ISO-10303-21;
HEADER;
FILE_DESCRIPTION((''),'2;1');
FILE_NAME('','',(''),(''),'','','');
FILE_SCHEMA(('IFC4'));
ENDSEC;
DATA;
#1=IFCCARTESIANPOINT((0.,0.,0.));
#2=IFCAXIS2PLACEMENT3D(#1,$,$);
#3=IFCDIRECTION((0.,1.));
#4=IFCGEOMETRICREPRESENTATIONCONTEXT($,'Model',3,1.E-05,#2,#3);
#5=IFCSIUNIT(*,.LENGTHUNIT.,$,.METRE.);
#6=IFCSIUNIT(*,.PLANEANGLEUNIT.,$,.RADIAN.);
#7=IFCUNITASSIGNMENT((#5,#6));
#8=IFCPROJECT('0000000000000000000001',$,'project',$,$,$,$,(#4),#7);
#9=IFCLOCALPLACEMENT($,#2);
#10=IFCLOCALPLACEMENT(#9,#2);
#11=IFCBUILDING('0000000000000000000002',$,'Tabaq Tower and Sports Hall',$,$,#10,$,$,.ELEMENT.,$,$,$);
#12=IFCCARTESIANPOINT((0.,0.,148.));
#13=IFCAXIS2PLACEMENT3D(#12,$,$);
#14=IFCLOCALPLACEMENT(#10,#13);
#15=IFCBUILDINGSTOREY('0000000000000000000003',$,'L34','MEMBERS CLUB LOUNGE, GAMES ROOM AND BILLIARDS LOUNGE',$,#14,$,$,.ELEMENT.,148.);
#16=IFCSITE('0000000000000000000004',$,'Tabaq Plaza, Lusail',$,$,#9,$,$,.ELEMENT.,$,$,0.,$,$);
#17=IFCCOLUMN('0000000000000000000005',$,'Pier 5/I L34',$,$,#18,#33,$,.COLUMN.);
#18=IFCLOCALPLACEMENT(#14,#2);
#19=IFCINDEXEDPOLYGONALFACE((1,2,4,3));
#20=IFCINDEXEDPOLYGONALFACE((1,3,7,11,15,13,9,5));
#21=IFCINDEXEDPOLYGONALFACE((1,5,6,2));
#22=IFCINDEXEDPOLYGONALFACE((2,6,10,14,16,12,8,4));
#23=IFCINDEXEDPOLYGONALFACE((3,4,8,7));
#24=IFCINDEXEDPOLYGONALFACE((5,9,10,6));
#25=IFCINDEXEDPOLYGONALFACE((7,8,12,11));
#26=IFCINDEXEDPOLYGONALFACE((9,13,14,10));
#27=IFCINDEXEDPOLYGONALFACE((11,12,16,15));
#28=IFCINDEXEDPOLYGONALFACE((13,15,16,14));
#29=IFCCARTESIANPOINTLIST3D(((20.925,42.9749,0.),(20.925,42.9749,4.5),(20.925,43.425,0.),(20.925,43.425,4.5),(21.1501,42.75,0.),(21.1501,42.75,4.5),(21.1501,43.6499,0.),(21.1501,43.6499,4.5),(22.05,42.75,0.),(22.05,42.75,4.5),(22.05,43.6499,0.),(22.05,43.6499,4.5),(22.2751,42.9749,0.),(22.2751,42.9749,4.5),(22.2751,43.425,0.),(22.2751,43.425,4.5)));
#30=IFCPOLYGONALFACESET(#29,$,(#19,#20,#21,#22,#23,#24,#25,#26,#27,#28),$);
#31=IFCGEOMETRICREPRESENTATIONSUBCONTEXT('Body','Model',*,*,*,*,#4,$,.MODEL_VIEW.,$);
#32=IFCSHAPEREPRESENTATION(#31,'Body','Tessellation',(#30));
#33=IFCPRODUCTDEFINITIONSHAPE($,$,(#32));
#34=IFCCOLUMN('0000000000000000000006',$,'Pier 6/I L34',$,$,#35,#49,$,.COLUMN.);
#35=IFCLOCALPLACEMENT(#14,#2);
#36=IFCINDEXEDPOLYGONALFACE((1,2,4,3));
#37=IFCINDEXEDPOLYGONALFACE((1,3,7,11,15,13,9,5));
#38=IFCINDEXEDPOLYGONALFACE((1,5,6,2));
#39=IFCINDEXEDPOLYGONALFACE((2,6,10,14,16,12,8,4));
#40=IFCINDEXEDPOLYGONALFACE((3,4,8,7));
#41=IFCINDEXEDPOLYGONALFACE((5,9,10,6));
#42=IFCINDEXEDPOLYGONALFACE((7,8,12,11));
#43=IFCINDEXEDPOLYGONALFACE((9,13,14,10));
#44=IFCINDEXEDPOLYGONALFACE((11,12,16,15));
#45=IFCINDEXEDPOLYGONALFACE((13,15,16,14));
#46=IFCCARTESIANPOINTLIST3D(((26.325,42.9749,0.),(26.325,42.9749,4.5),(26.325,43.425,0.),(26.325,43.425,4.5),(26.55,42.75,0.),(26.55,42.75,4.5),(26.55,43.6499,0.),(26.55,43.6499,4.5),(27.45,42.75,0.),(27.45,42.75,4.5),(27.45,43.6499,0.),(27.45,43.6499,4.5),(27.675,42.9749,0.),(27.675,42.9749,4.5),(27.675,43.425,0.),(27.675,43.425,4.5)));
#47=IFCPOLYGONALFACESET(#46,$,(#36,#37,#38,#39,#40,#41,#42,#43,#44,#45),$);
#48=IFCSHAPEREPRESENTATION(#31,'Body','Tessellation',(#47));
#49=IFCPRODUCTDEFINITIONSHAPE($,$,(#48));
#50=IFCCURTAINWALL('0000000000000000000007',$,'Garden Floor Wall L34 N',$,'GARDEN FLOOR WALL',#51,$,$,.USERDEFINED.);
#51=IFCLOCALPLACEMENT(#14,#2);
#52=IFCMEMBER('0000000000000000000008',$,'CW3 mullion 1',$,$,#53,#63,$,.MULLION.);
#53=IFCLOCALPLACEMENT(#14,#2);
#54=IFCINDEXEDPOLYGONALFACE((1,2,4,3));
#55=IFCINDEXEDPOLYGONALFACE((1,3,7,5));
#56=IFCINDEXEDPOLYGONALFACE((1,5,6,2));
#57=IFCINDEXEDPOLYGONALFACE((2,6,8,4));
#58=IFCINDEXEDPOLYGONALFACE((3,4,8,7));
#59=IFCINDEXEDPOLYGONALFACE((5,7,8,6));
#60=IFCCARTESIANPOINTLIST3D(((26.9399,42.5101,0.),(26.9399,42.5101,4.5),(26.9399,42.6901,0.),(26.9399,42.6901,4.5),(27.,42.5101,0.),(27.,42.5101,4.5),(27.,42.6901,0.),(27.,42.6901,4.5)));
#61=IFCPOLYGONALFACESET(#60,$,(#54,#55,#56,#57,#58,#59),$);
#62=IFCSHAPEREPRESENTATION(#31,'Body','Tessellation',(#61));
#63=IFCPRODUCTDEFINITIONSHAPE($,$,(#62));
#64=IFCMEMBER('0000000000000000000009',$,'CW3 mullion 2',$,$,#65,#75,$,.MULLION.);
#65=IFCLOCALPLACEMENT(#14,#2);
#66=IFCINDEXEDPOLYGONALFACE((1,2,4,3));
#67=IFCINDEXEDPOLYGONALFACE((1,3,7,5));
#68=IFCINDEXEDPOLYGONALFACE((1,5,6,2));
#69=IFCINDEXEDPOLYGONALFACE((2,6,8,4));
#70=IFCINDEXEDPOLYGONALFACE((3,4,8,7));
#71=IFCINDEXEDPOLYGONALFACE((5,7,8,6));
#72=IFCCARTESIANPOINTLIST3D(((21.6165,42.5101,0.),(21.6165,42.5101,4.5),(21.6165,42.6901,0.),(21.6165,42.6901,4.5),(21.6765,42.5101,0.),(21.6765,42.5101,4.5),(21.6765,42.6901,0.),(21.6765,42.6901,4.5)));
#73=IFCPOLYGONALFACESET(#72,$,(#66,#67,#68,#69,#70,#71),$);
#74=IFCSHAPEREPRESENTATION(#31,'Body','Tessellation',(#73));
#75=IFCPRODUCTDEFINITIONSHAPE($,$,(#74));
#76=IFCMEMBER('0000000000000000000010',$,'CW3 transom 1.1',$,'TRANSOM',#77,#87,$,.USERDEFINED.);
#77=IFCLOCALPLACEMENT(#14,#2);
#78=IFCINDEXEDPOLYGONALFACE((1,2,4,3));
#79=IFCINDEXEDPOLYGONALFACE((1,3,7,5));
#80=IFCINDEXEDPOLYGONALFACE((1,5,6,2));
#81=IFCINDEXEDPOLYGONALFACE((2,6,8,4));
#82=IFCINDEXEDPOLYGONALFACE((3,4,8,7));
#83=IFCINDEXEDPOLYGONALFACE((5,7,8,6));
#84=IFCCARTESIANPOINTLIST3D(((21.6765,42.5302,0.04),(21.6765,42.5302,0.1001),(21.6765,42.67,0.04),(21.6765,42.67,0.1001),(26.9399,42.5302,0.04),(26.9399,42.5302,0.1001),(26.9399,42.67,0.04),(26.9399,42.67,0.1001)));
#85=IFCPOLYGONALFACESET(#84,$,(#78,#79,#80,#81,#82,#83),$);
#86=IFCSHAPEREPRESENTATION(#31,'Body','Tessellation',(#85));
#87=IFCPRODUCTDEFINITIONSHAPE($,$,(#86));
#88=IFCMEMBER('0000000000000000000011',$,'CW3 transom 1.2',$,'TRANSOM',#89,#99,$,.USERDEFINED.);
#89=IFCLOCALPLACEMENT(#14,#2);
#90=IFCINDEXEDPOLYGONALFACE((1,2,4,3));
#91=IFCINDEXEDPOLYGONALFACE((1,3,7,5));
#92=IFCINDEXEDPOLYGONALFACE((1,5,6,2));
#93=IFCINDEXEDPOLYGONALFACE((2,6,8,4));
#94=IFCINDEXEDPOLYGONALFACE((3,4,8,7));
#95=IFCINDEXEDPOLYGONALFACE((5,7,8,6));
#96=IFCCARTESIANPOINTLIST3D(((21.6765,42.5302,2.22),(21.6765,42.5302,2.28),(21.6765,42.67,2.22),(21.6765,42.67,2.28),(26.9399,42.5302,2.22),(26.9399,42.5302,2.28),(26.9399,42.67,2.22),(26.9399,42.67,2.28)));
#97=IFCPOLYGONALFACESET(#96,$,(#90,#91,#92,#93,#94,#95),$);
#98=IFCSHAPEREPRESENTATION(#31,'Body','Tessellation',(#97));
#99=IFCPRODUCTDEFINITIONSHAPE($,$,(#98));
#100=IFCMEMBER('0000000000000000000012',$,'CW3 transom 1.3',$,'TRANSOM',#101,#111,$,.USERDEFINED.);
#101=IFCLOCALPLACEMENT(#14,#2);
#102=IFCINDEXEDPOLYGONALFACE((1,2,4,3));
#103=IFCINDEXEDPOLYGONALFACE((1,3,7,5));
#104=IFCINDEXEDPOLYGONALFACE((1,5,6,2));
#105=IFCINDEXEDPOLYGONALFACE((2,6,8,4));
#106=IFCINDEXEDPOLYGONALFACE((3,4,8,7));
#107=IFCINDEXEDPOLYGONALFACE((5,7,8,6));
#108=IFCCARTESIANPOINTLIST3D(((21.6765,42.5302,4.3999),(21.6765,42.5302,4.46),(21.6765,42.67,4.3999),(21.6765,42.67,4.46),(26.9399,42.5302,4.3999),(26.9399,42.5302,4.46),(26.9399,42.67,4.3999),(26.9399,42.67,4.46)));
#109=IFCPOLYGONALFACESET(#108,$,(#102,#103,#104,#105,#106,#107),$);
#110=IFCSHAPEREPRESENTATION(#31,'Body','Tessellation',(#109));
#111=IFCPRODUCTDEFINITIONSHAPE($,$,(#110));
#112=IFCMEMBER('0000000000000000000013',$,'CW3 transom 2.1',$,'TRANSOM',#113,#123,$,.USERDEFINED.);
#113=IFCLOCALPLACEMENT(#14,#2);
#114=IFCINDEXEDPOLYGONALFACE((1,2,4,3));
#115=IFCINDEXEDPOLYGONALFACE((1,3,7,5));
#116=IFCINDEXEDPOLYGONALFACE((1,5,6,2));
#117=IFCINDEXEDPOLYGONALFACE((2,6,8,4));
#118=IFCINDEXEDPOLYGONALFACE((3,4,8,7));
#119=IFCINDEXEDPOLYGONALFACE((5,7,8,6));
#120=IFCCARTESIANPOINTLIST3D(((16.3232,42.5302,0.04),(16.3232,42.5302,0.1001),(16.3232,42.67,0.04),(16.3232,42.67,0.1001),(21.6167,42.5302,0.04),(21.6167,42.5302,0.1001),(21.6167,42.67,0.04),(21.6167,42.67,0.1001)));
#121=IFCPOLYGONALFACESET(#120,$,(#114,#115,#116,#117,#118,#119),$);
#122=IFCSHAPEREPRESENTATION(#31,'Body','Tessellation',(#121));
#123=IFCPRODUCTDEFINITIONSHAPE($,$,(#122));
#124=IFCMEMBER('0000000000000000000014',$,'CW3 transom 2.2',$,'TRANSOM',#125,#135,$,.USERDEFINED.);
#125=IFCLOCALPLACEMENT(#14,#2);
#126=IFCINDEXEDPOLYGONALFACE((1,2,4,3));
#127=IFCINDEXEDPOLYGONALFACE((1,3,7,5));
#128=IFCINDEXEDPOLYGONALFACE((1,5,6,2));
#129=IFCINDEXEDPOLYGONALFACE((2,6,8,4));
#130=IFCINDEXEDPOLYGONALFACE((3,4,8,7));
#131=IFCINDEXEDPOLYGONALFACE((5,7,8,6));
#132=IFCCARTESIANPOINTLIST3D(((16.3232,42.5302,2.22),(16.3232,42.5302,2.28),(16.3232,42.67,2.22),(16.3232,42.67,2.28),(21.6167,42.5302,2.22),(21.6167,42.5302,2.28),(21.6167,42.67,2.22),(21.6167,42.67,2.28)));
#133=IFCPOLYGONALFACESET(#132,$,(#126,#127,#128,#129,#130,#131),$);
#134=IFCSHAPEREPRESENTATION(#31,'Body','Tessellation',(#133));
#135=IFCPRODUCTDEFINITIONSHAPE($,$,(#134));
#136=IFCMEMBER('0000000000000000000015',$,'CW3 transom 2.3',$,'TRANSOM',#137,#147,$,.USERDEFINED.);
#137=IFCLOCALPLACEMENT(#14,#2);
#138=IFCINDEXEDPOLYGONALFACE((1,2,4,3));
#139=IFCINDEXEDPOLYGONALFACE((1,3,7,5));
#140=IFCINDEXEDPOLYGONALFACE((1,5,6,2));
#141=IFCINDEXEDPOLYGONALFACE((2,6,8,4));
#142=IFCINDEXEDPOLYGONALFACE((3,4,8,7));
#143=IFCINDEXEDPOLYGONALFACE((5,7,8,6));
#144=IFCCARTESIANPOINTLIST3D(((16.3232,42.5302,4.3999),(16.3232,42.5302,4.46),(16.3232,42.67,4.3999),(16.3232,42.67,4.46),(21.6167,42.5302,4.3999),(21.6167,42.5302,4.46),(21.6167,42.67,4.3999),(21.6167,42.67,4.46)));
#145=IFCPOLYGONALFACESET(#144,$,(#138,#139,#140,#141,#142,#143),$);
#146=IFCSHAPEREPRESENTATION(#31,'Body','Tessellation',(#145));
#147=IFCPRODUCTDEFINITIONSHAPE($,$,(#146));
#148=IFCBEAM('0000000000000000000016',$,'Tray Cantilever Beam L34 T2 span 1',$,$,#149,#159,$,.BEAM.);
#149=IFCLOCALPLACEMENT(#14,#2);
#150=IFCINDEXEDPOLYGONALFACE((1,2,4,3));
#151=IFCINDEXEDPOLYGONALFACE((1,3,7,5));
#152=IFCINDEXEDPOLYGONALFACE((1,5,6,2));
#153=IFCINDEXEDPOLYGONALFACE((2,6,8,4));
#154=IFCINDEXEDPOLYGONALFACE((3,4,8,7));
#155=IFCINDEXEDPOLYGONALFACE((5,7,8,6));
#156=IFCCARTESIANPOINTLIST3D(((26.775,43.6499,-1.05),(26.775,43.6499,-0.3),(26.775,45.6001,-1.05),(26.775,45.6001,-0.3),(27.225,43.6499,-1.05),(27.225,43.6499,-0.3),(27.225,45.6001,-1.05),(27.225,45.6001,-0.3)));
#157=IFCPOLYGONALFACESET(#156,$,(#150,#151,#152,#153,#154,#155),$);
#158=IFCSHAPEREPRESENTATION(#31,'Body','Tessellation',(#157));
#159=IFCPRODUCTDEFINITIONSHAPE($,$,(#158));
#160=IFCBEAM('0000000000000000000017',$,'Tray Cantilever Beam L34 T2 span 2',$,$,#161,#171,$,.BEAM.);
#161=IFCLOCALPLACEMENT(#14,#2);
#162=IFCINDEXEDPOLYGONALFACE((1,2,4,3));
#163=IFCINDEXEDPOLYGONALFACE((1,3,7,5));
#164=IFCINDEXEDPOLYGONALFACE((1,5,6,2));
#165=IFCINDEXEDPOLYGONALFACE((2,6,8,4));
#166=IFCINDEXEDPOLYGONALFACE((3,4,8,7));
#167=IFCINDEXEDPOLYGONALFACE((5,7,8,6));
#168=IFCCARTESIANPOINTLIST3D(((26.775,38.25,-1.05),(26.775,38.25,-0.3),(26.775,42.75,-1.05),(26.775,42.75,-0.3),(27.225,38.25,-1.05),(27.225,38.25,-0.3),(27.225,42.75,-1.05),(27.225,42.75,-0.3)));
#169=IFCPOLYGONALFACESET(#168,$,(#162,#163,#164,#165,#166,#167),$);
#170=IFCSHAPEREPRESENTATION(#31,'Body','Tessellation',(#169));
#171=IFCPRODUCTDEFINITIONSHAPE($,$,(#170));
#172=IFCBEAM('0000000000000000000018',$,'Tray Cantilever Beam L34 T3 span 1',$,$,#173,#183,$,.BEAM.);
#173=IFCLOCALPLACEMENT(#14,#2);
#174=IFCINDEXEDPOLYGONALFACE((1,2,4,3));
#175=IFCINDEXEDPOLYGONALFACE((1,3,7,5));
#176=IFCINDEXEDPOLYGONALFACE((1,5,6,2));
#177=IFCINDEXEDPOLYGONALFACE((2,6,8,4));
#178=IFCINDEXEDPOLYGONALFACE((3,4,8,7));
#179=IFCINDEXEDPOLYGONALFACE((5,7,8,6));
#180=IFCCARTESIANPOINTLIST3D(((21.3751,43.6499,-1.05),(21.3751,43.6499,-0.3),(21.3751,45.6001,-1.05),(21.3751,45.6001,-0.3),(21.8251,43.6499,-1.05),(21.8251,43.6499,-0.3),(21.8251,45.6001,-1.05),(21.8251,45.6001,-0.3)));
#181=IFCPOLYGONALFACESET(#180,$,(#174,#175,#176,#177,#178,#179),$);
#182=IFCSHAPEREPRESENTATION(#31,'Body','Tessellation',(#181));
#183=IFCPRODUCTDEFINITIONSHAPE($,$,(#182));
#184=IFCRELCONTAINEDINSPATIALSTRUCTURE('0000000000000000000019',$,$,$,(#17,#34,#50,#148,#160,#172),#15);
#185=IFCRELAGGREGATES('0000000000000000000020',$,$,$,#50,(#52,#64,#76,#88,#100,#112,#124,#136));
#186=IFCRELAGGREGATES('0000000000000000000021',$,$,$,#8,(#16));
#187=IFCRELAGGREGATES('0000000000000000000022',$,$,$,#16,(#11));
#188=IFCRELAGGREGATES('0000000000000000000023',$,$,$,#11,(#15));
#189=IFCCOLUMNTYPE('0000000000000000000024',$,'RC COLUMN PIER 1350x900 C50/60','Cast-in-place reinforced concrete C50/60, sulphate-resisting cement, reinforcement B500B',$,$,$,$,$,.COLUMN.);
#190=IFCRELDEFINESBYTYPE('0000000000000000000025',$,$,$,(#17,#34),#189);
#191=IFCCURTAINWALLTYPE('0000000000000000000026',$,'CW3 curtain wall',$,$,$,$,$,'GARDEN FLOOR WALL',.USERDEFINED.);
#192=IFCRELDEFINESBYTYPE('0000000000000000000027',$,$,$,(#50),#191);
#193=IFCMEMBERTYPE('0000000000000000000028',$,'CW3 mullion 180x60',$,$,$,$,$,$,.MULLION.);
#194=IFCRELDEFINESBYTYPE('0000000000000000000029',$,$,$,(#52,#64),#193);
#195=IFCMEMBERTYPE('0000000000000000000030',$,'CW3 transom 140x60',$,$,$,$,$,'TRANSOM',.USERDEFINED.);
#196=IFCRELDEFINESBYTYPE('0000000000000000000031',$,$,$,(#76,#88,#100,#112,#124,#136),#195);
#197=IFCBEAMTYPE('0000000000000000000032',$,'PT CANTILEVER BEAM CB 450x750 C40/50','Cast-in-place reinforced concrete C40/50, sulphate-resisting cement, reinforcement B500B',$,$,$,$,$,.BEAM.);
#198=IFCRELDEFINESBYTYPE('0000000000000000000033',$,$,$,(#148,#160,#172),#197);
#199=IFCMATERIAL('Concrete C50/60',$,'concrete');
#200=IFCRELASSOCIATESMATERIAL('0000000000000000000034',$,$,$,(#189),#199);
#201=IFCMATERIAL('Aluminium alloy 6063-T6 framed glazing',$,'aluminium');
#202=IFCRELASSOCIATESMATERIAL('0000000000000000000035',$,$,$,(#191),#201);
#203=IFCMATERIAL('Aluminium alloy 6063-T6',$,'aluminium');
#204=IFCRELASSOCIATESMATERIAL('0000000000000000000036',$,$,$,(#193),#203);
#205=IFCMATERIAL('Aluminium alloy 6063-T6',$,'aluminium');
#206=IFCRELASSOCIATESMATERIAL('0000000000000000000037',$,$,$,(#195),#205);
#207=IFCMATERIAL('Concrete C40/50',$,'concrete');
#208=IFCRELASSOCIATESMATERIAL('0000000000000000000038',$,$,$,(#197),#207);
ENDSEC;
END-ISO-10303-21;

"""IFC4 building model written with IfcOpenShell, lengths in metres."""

from ifc_helpers import new_model, si_unit, direction, frame, origin, origin_2d, place, context, subcontext, project, spatial, polyline, rectangle, outline, extrude, material, material_profile, profile_set, type_object, element, aggregate, save


model = new_model("IFC4")

# Units and contexts
model_context = context("Model", 3, precision=1e-05, world=origin(), true_north=direction((0.0, 1.0)))
body_context = subcontext(model_context, "Body", "Model", "MODEL_VIEW")
ifc_project = project(units=[si_unit("LENGTHUNIT", "METRE"), si_unit("PLANEANGLEUNIT", "RADIAN")], contexts=[model_context])

# Site, building, storey
site_placement = place(None, origin())
site = spatial("IfcSite", under=ifc_project, at=site_placement, Name="Tabaq Plaza, Lusail", CompositionType="ELEMENT", RefElevation=0.0)
building_placement = place(site_placement, origin())
building = spatial("IfcBuilding", under=site, at=building_placement, Name="Tabaq Tower and Sports Hall", CompositionType="ELEMENT")
storey_placement = place(building_placement, frame((0.0, 0.0, 148.0)))
storey = spatial("IfcBuildingStorey", under=building, at=storey_placement, Name="L34", Description="MEMBERS CLUB LOUNGE, GAMES ROOM AND BILLIARDS LOUNGE", CompositionType="ELEMENT", Elevation=148.0)

# Columns
ifc_material_1 = material(Name="Concrete C50/60", Category="concrete")
ifc_material_profile_1 = material_profile(ifc_material_1, outline(polyline([(-0.45, -0.45), (0.45, -0.45), (0.675, -0.2251), (0.675, 0.2251), (0.45, 0.45), (-0.45, 0.45), (-0.675, 0.2251), (-0.675, -0.2251), (-0.45, -0.45)])), Name="PIER 1350x900")
ifc_profile_set_1 = profile_set([ifc_material_profile_1], Name="Concrete C50/60")
column_type = type_object("IfcColumnType", Name="RC COLUMN PIER 1350x900 C50/60", Description="Cast-in-place reinforced concrete C50/60, sulphate-resisting cement, reinforcement B500B", PredefinedType="COLUMN", material=ifc_profile_set_1)
for number, where, z_axis, x_axis, name in (
    (1, (21.6001, 43.2, 0.0), (0.0, 0.0, 1.0), (1.0, 0.0, 0.0), "Pier 5/I L34"),
    (2, (27.0, 43.2, 0.0), (0.0, 0.0, 1.0), (1.0, 0.0, 0.0), "Pier 6/I L34"),
):
    element("IfcColumn", number, at=place(storey_placement, frame(where, z_axis=z_axis, x_axis=x_axis)), inside=storey, type_object=column_type, Name=name, PredefinedType="COLUMN", context=body_context, shape_type="SweptSolid", body=[
        extrude(outline(polyline([(-0.45, -0.45), (0.45, -0.45), (0.675, -0.2251), (0.675, 0.2251), (0.45, 0.45), (-0.45, 0.45), (-0.675, 0.2251), (-0.675, -0.2251), (-0.45, -0.45)])), origin(), (0.0, 0.0, 1.0), 4.5),
    ])

# Curtain wall, members
ifc_material_2 = material(Name="Aluminium alloy 6063-T6 framed glazing", Category="aluminium")
curtain_wall_type = type_object("IfcCurtainWallType", Name="CW3 curtain wall", ElementType="GARDEN FLOOR WALL", PredefinedType="USERDEFINED", material=ifc_material_2)
curtain_wall_placement = place(storey_placement, origin())
curtain_wall = element("IfcCurtainWall", 3, at=curtain_wall_placement, inside=storey, type_object=curtain_wall_type, Name="Garden Floor Wall L34 N", ObjectType="GARDEN FLOOR WALL", PredefinedType="USERDEFINED")
ifc_material_3 = material(Name="Aluminium alloy 6063-T6", Category="aluminium")
ifc_material_profile_2 = material_profile(ifc_material_3, rectangle(XDim=0.1799, YDim=0.0601, at=origin_2d()), Name="MULLION 180x60")
ifc_profile_set_2 = profile_set([ifc_material_profile_2], Name="Aluminium alloy 6063-T6")
member_type_1 = type_object("IfcMemberType", Name="CW3 mullion 180x60", PredefinedType="MULLION", material=ifc_profile_set_2)
member_1_placement = place(storey_placement, frame((26.97, 42.6001, 0.0), z_axis=(0.0, 0.0, 1.0), x_axis=(0.0, -1.0, 0.0)))
member_1 = element("IfcMember", 4, at=member_1_placement, type_object=member_type_1, Name="CW3 mullion 1", PredefinedType="MULLION", context=body_context, shape_type="SweptSolid", body=[
    extrude(rectangle(XDim=0.1799, YDim=0.0601, at=origin_2d()), origin(), (0.0, 0.0, 1.0), 4.5),
])
member_2_placement = place(storey_placement, frame((21.6465, 42.6001, 0.0), z_axis=(0.0, 0.0, 1.0), x_axis=(0.0, -1.0, 0.0)))
member_2 = element("IfcMember", 5, at=member_2_placement, type_object=member_type_1, Name="CW3 mullion 2", PredefinedType="MULLION", context=body_context, shape_type="SweptSolid", body=[
    extrude(rectangle(XDim=0.1799, YDim=0.0601, at=origin_2d()), origin(), (0.0, 0.0, 1.0), 4.5),
])
ifc_material_4 = material(Name="Aluminium alloy 6063-T6", Category="aluminium")
ifc_material_profile_3 = material_profile(ifc_material_4, rectangle(XDim=0.1399, YDim=0.0601, at=origin_2d()), Name="TRANSOM 140x60")
ifc_profile_set_3 = profile_set([ifc_material_profile_3], Name="Aluminium alloy 6063-T6")
member_type_2 = type_object("IfcMemberType", Name="CW3 transom 140x60", ElementType="TRANSOM", PredefinedType="USERDEFINED", material=ifc_profile_set_3)
member_3_placement = place(storey_placement, frame((26.9399, 42.6001, 0.0701), z_axis=(-1.0, 0.0, 0.0), x_axis=(0.0, -1.0, 0.0)))
member_3 = element("IfcMember", 6, at=member_3_placement, type_object=member_type_2, Name="CW3 transom 1.1", ObjectType="TRANSOM", PredefinedType="USERDEFINED", context=body_context, shape_type="SweptSolid", body=[
    extrude(rectangle(XDim=0.1399, YDim=0.0601, at=origin_2d()), origin(), (0.0, 0.0, 1.0), 5.2634),
])
member_4_placement = place(storey_placement, frame((26.9399, 42.6001, 2.25), z_axis=(-1.0, 0.0, 0.0), x_axis=(0.0, -1.0, 0.0)))
member_4 = element("IfcMember", 7, at=member_4_placement, type_object=member_type_2, Name="CW3 transom 1.2", ObjectType="TRANSOM", PredefinedType="USERDEFINED", context=body_context, shape_type="SweptSolid", body=[
    extrude(rectangle(XDim=0.1399, YDim=0.0601, at=origin_2d()), origin(), (0.0, 0.0, 1.0), 5.2634),
])
member_5_placement = place(storey_placement, frame((26.9399, 42.6001, 4.4299), z_axis=(-1.0, 0.0, 0.0), x_axis=(0.0, -1.0, 0.0)))
member_5 = element("IfcMember", 8, at=member_5_placement, type_object=member_type_2, Name="CW3 transom 1.3", ObjectType="TRANSOM", PredefinedType="USERDEFINED", context=body_context, shape_type="SweptSolid", body=[
    extrude(rectangle(XDim=0.1399, YDim=0.0601, at=origin_2d()), origin(), (0.0, 0.0, 1.0), 5.2634),
])
member_6_placement = place(storey_placement, frame((21.6167, 42.6001, 0.0701), z_axis=(-1.0, 0.0, 0.0), x_axis=(0.0, -1.0, 0.0)))
member_6 = element("IfcMember", 9, at=member_6_placement, type_object=member_type_2, Name="CW3 transom 2.1", ObjectType="TRANSOM", PredefinedType="USERDEFINED", context=body_context, shape_type="SweptSolid", body=[
    extrude(rectangle(XDim=0.1399, YDim=0.0601, at=origin_2d()), origin(), (0.0, 0.0, 1.0), 5.2935),
])
member_7_placement = place(storey_placement, frame((21.6167, 42.6001, 2.25), z_axis=(-1.0, 0.0, 0.0), x_axis=(0.0, -1.0, 0.0)))
member_7 = element("IfcMember", 10, at=member_7_placement, type_object=member_type_2, Name="CW3 transom 2.2", ObjectType="TRANSOM", PredefinedType="USERDEFINED", context=body_context, shape_type="SweptSolid", body=[
    extrude(rectangle(XDim=0.1399, YDim=0.0601, at=origin_2d()), origin(), (0.0, 0.0, 1.0), 5.2935),
])
member_8_placement = place(storey_placement, frame((21.6167, 42.6001, 4.4299), z_axis=(-1.0, 0.0, 0.0), x_axis=(0.0, -1.0, 0.0)))
member_8 = element("IfcMember", 11, at=member_8_placement, type_object=member_type_2, Name="CW3 transom 2.3", ObjectType="TRANSOM", PredefinedType="USERDEFINED", context=body_context, shape_type="SweptSolid", body=[
    extrude(rectangle(XDim=0.1399, YDim=0.0601, at=origin_2d()), origin(), (0.0, 0.0, 1.0), 5.2935),
])

# Beams
ifc_material_5 = material(Name="Concrete C40/50", Category="concrete")
ifc_material_profile_4 = material_profile(ifc_material_5, rectangle(XDim=0.45, YDim=0.75, at=origin_2d()), Name="CB 450x750")
ifc_profile_set_4 = profile_set([ifc_material_profile_4], Name="Concrete C40/50")
beam_type = type_object("IfcBeamType", Name="PT CANTILEVER BEAM CB 450x750 C40/50", Description="Cast-in-place reinforced concrete C40/50, sulphate-resisting cement, reinforcement B500B", PredefinedType="BEAM", material=ifc_profile_set_4)
beam_1_placement = place(storey_placement, frame((27.0, 45.6001, -0.675), z_axis=(0.0, -1.0, 0.0), x_axis=(1.0, 0.0, 0.0)))
element("IfcBeam", 12, at=beam_1_placement, inside=storey, type_object=beam_type, Name="Tray Cantilever Beam L34 T2 span 1", PredefinedType="BEAM", context=body_context, shape_type="SweptSolid", body=[
    extrude(rectangle(XDim=0.45, YDim=0.75, at=origin_2d()), origin(), (0.0, 0.0, 1.0), 1.9502),
])
beam_2_placement = place(storey_placement, frame((27.0, 42.75, -0.675), z_axis=(0.0, -1.0, 0.0), x_axis=(1.0, 0.0, 0.0)))
element("IfcBeam", 13, at=beam_2_placement, inside=storey, type_object=beam_type, Name="Tray Cantilever Beam L34 T2 span 2", PredefinedType="BEAM", context=body_context, shape_type="SweptSolid", body=[
    extrude(rectangle(XDim=0.45, YDim=0.75, at=origin_2d()), origin(), (0.0, 0.0, 1.0), 4.5),
])
beam_3_placement = place(storey_placement, frame((21.6001, 45.6001, -0.675), z_axis=(0.0, -1.0, 0.0), x_axis=(1.0, 0.0, 0.0)))
element("IfcBeam", 14, at=beam_3_placement, inside=storey, type_object=beam_type, Name="Tray Cantilever Beam L34 T3 span 1", PredefinedType="BEAM", context=body_context, shape_type="SweptSolid", body=[
    extrude(rectangle(XDim=0.45, YDim=0.75, at=origin_2d()), origin(), (0.0, 0.0, 1.0), 1.9502),
])

aggregate(curtain_wall, [member_1, member_2, member_3, member_4, member_5, member_6, member_7, member_8])

save(model, "model.ifc")
